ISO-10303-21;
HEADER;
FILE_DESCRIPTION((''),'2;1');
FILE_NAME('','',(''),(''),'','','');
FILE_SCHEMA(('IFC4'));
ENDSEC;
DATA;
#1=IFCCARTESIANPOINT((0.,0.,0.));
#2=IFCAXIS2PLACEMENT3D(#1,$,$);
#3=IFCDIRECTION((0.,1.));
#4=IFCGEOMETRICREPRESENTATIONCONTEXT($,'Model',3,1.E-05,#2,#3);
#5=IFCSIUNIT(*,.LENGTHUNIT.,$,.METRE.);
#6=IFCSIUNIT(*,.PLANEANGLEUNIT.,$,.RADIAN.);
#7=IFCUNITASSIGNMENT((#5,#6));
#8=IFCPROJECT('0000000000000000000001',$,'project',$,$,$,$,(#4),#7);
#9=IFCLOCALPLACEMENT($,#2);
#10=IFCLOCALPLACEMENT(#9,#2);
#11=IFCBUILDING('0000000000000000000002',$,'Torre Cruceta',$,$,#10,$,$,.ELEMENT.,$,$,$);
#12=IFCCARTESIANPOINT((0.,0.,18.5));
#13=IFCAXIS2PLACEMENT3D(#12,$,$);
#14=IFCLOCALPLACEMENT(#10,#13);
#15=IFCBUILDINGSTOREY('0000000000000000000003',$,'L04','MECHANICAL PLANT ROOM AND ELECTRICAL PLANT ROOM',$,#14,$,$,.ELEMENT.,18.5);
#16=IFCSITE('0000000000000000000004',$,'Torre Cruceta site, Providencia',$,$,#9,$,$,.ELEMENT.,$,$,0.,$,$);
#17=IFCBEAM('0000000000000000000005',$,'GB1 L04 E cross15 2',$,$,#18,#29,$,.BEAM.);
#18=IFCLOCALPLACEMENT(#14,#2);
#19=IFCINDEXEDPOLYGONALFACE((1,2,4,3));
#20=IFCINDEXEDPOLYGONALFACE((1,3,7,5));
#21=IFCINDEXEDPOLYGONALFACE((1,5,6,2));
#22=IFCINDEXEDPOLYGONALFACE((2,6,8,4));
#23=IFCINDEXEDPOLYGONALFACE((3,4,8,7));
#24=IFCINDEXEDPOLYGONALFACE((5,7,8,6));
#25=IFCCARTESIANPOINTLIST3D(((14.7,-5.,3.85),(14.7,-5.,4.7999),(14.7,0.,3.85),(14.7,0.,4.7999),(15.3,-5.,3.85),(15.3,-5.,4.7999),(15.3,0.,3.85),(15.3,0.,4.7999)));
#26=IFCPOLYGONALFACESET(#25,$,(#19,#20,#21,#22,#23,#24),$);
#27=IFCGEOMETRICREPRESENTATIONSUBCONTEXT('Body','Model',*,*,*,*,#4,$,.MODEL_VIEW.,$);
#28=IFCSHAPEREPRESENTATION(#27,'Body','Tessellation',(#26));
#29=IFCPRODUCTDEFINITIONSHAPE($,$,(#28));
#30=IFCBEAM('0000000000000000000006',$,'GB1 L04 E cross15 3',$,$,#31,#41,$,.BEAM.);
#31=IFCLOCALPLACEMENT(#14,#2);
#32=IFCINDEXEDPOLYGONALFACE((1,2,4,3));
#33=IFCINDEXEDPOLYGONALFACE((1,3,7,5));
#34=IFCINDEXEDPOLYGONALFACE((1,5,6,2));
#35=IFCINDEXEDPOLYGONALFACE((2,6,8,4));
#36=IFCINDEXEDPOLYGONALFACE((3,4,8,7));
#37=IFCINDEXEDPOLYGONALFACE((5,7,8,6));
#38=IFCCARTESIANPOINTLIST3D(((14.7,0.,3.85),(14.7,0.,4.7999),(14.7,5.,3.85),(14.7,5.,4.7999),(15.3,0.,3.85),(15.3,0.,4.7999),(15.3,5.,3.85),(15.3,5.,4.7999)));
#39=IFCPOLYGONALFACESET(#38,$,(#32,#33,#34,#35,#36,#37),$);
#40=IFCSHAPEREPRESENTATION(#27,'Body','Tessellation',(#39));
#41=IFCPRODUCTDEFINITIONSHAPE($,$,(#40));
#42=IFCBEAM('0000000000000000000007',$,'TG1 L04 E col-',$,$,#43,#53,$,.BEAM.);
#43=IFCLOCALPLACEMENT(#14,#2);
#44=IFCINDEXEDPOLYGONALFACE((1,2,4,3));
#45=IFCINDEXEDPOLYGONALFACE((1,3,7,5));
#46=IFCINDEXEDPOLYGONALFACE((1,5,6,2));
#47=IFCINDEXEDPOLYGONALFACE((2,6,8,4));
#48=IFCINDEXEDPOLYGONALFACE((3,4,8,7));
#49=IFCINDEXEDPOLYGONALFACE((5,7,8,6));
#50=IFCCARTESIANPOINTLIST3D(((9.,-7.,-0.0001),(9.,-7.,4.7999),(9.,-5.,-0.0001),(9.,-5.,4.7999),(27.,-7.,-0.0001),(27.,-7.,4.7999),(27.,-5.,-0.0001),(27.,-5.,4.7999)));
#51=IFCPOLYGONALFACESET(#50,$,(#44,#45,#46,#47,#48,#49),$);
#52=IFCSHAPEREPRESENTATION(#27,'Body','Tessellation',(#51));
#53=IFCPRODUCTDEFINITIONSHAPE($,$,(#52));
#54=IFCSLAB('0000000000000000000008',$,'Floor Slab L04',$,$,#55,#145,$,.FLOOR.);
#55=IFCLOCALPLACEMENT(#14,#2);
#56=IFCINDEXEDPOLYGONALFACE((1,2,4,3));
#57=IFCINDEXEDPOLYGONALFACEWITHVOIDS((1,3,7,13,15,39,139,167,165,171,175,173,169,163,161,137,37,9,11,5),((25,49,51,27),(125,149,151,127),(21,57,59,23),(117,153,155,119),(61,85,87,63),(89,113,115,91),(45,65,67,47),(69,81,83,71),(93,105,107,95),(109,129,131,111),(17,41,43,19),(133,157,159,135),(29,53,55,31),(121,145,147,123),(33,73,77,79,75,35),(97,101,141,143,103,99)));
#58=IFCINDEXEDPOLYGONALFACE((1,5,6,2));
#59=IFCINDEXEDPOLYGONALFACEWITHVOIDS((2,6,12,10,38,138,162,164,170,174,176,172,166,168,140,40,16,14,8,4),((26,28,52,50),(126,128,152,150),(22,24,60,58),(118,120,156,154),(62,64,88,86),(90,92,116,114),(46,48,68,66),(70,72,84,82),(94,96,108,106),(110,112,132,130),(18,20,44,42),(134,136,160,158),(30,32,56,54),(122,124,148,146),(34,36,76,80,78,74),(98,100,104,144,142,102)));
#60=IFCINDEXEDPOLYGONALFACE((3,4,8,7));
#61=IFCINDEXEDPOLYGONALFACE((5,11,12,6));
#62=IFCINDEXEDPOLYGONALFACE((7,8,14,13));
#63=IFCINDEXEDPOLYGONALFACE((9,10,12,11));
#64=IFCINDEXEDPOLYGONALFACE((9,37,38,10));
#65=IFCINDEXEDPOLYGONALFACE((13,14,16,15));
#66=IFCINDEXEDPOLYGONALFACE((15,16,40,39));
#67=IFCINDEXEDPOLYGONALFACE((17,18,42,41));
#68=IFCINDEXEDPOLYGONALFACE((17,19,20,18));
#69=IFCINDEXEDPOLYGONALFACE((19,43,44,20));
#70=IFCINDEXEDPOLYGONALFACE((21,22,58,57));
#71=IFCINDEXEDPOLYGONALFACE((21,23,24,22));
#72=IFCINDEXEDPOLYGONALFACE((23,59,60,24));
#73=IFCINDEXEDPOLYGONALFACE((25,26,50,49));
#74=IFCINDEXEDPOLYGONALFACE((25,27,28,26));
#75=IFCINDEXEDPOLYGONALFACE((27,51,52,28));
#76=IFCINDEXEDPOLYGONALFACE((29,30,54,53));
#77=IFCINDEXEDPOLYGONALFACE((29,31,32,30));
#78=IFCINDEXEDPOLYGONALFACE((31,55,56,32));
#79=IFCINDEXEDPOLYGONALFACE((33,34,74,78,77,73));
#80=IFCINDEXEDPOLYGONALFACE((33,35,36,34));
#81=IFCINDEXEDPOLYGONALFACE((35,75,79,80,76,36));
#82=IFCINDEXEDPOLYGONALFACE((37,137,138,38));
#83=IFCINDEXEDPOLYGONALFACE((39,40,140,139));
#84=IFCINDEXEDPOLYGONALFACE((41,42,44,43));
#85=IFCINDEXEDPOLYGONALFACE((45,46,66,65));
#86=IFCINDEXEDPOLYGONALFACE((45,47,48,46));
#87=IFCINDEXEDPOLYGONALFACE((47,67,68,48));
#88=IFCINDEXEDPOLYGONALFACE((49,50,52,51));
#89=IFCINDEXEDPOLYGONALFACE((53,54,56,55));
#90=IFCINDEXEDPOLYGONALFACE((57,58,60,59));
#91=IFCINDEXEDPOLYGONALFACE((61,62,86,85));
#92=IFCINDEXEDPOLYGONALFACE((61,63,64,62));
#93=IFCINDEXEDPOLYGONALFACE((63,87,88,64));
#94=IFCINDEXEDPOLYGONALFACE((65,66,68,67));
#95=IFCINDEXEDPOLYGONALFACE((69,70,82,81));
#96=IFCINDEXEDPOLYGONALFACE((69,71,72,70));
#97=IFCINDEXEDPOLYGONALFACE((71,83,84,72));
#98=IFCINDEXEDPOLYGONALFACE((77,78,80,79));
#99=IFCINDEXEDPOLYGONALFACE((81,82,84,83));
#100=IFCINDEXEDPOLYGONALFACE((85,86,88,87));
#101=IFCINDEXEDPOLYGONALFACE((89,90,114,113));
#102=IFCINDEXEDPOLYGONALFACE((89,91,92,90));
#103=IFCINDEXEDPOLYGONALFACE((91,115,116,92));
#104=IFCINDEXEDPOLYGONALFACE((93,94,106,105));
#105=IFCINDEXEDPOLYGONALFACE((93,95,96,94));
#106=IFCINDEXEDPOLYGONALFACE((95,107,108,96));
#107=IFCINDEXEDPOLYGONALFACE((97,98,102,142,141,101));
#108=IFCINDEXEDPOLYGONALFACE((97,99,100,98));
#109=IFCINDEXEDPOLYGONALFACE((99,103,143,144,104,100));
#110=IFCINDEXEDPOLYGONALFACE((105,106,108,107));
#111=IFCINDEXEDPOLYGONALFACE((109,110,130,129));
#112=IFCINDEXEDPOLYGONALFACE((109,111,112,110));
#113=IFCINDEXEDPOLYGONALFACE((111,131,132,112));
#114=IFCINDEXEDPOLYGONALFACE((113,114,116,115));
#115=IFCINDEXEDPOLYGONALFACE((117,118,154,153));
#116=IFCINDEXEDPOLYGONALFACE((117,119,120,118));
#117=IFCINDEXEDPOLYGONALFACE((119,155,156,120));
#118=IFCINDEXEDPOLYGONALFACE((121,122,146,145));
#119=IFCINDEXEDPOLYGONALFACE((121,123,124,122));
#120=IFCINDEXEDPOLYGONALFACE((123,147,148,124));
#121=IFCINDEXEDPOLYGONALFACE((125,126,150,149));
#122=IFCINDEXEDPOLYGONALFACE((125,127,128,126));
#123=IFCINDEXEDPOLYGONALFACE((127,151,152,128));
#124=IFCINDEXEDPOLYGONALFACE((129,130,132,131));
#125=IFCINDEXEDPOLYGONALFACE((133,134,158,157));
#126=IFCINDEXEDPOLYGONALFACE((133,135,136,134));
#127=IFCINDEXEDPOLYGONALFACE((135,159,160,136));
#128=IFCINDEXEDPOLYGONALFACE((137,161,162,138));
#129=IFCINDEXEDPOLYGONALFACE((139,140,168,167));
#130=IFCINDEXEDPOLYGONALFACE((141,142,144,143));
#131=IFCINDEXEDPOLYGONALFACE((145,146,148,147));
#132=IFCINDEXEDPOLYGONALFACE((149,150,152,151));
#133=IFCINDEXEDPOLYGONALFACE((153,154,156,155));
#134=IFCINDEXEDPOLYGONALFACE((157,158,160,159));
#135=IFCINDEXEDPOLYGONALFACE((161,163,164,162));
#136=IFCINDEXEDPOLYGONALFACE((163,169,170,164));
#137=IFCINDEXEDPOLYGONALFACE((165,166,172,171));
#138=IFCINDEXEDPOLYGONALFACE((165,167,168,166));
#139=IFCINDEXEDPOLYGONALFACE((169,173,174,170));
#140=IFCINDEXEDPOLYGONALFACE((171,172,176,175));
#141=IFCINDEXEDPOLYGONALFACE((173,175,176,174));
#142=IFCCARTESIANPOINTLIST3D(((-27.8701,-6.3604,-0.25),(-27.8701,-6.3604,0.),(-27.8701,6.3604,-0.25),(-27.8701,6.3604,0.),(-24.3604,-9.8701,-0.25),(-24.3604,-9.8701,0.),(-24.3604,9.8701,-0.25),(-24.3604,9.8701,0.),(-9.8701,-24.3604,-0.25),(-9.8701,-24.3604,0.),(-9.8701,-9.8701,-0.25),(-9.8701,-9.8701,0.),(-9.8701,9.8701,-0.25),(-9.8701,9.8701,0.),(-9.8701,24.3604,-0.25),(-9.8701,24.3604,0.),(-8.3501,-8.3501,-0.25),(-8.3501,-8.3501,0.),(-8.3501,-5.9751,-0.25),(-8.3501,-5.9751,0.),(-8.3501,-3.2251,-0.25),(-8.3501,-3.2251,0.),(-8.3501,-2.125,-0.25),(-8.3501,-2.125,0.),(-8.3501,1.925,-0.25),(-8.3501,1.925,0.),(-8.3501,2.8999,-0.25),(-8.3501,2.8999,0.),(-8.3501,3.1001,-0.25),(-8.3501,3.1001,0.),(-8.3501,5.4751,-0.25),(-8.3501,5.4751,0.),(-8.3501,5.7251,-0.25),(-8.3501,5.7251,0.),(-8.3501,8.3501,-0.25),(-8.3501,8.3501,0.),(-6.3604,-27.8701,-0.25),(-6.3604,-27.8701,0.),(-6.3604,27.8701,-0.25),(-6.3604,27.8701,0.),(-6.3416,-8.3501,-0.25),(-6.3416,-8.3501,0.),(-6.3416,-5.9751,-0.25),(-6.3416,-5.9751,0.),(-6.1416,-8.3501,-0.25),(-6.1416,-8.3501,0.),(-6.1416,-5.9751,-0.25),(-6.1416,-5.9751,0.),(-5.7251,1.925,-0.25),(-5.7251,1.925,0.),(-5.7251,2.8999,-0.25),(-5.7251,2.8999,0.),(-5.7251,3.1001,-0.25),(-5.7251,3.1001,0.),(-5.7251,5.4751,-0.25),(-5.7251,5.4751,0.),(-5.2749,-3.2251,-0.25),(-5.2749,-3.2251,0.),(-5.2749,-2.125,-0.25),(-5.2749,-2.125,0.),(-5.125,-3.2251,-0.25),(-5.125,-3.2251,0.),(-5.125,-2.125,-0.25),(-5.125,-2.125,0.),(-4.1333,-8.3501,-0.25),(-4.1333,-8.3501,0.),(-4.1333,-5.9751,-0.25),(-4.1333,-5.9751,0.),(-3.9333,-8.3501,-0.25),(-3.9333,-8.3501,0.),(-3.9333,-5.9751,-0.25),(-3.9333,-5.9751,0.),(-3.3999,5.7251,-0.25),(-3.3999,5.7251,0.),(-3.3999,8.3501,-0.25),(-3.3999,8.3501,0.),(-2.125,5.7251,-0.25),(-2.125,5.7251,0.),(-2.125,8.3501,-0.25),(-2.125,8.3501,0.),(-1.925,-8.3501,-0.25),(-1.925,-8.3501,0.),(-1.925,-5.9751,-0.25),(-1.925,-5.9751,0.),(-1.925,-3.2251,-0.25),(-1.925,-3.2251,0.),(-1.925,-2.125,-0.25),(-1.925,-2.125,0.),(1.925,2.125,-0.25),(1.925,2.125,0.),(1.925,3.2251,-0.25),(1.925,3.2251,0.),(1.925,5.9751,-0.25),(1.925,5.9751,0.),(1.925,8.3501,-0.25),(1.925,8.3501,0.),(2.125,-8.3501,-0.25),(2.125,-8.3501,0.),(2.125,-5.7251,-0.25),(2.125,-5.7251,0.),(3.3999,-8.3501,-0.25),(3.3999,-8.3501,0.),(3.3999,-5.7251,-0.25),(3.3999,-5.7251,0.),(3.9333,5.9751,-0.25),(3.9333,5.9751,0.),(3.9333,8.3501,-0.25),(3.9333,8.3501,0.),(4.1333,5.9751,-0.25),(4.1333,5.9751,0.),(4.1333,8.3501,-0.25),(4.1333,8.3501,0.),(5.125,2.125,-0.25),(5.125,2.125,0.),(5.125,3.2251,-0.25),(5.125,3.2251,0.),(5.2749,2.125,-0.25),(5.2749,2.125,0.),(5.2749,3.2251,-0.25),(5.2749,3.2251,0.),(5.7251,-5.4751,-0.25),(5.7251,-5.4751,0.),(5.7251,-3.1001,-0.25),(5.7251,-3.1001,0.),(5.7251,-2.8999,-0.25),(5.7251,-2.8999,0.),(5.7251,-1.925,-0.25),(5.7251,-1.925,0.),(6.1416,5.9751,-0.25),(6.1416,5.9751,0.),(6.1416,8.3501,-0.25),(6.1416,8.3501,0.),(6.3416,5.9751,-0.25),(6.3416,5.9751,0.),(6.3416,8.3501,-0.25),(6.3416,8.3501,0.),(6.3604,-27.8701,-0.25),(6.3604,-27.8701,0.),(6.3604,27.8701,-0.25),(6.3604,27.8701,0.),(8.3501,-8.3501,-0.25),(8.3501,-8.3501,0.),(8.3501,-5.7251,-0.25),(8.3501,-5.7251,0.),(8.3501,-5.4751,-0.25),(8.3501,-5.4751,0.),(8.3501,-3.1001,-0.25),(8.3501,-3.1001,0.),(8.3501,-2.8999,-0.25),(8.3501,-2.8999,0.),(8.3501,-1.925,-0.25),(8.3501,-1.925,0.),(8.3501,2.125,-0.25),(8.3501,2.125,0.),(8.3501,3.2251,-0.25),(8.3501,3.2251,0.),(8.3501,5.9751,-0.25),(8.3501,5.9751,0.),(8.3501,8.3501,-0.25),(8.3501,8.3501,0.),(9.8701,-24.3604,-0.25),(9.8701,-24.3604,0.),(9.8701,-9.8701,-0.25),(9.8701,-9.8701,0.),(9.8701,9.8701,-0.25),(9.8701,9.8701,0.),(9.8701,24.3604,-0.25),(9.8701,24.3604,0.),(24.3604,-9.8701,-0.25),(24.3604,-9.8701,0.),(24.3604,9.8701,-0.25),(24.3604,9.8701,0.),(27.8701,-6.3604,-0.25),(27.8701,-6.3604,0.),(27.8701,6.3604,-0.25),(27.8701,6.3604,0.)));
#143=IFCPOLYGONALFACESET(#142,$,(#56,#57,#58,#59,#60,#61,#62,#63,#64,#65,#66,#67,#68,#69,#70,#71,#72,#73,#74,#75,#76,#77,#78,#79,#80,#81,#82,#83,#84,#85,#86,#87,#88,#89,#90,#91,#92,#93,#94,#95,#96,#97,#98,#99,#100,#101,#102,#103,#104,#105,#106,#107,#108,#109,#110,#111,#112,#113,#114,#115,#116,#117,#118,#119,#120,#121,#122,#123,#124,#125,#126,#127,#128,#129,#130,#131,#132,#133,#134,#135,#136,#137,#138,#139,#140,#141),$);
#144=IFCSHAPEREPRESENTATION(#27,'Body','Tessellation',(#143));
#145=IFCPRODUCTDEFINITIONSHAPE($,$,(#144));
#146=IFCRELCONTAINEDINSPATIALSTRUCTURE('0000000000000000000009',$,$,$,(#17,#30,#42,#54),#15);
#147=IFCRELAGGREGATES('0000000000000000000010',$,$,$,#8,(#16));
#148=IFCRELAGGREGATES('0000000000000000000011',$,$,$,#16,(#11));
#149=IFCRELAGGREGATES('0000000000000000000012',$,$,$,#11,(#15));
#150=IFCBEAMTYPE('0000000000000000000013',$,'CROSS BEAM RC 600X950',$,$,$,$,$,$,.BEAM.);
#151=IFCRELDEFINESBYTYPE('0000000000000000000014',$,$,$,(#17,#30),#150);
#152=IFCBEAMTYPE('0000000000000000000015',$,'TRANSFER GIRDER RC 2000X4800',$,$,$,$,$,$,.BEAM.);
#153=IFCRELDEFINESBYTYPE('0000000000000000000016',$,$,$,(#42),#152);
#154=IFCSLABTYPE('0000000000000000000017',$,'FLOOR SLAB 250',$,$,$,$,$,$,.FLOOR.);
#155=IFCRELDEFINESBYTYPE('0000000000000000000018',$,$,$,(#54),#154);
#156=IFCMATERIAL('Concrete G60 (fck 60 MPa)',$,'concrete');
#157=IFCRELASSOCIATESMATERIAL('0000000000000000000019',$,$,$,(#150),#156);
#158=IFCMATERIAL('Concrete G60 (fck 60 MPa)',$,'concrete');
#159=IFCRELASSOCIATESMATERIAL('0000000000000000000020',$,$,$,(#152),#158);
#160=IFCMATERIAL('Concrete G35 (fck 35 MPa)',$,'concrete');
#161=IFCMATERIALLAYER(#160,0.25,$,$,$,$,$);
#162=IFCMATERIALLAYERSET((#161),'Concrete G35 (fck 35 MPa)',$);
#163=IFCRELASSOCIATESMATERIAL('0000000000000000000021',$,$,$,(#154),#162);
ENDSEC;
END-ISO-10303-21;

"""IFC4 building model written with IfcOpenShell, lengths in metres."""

from ifc_helpers import new_model, si_unit, direction, frame, origin, origin_2d, place, context, subcontext, project, spatial, polyline, rectangle, outline, extrude, material, layer, layer_set, material_profile, profile_set, type_object, element, save


model = new_model("IFC4")

# Units and contexts
model_context = context("Model", 3, precision=1e-05, world=origin(), true_north=direction((0.0, 1.0)))
body_context = subcontext(model_context, "Body", "Model", "MODEL_VIEW")
ifc_project = project(units=[si_unit("LENGTHUNIT", "METRE"), si_unit("PLANEANGLEUNIT", "RADIAN")], contexts=[model_context])

# Site, building, storey
site_placement = place(None, origin())
site = spatial("IfcSite", under=ifc_project, at=site_placement, Name="Torre Cruceta site, Providencia", CompositionType="ELEMENT", RefElevation=0.0)
building_placement = place(site_placement, origin())
building = spatial("IfcBuilding", under=site, at=building_placement, Name="Torre Cruceta", CompositionType="ELEMENT")
storey_placement = place(building_placement, frame((0.0, 0.0, 18.5)))
storey = spatial("IfcBuildingStorey", under=building, at=storey_placement, Name="L04", Description="MECHANICAL PLANT ROOM AND ELECTRICAL PLANT ROOM", CompositionType="ELEMENT", Elevation=18.5)

# Beams
ifc_material_1 = material(Name="Concrete G60 (fck 60 MPa)", Category="concrete")
ifc_material_profile_1 = material_profile(ifc_material_1, rectangle(XDim=0.6001, YDim=0.95, at=origin_2d()), Name="RC 600X950")
ifc_profile_set_1 = profile_set([ifc_material_profile_1], Name="Concrete G60 (fck 60 MPa)")
beam_type_1 = type_object("IfcBeamType", Name="CROSS BEAM RC 600X950", PredefinedType="BEAM", material=ifc_profile_set_1)
for number, where, z_axis, x_axis, name in (
    (1, (15.0, -5.0, 4.325), (0.0, 1.0, 0.0), (-1.0, 0.0, 0.0), "GB1 L04 E cross15 2"),
    (2, (15.0, 0.0, 4.325), (0.0, 1.0, 0.0), (-1.0, 0.0, 0.0), "GB1 L04 E cross15 3"),
):
    element("IfcBeam", number, at=place(storey_placement, frame(where, z_axis=z_axis, x_axis=x_axis)), inside=storey, type_object=beam_type_1, Name=name, PredefinedType="BEAM", context=body_context, shape_type="SweptSolid", body=[
        extrude(rectangle(XDim=0.6001, YDim=0.95, at=origin_2d()), origin(), (0.0, 0.0, 1.0), 5.0),
    ])
ifc_material_2 = material(Name="Concrete G60 (fck 60 MPa)", Category="concrete")
ifc_material_profile_2 = material_profile(ifc_material_2, rectangle(XDim=2.0, YDim=4.8, at=origin_2d()), Name="RC 2000X4800")
ifc_profile_set_2 = profile_set([ifc_material_profile_2], Name="Concrete G60 (fck 60 MPa)")
beam_type_2 = type_object("IfcBeamType", Name="TRANSFER GIRDER RC 2000X4800", PredefinedType="BEAM", material=ifc_profile_set_2)
beam_placement = place(storey_placement, frame((9.0, -6.0, 2.3999), z_axis=(1.0, 0.0, 0.0), x_axis=(0.0, 1.0, 0.0)))
element("IfcBeam", 3, at=beam_placement, inside=storey, type_object=beam_type_2, Name="TG1 L04 E col-", PredefinedType="BEAM", context=body_context, shape_type="SweptSolid", body=[
    extrude(rectangle(XDim=2.0, YDim=4.8, at=origin_2d()), origin(), (0.0, 0.0, 1.0), 18.0),
])

# Slab
ifc_material_3 = material(Name="Concrete G35 (fck 35 MPa)", Category="concrete")
ifc_layer_1 = layer(ifc_material_3, 0.25)
ifc_layer_set_1 = layer_set([ifc_layer_1], Name="Concrete G35 (fck 35 MPa)")
slab_type = type_object("IfcSlabType", Name="FLOOR SLAB 250", PredefinedType="FLOOR", material=ifc_layer_set_1)
slab_placement = place(storey_placement, frame((0.0, 0.0, -0.25)))
element("IfcSlab", 4, at=slab_placement, inside=storey, type_object=slab_type, Name="Floor Slab L04", PredefinedType="FLOOR", context=body_context, shape_type="SweptSolid", body=[
    extrude(outline(polyline([(9.8701, -9.8701), (9.8701, -24.3604), (6.3604, -27.8701), (-6.3604, -27.8701), (-9.8701, -24.3604), (-9.8701, -9.8701), (-24.3604, -9.8701), (-27.8701, -6.3604), (-27.8701, 6.3604), (-24.3604, 9.8701), (-9.8701, 9.8701), (-9.8701, 24.3604), (-6.3604, 27.8701), (6.3604, 27.8701), (9.8701, 24.3604), (9.8701, 9.8701), (24.3604, 9.8701), (27.8701, 6.3604), (27.8701, -6.3604), (24.3604, -9.8701), (9.8701, -9.8701)]), holes=[polyline([(1.925, 5.9751), (3.9333, 5.9751), (3.9333, 8.3501), (1.925, 8.3501), (1.925, 5.9751)]), polyline([(4.1333, 5.9751), (6.1416, 5.9751), (6.1416, 8.3501), (4.1333, 8.3501), (4.1333, 5.9751)]), polyline([(6.3416, 5.9751), (8.3501, 5.9751), (8.3501, 8.3501), (6.3416, 8.3501), (6.3416, 5.9751)]), polyline([(1.925, 2.125), (5.125, 2.125), (5.125, 3.2251), (1.925, 3.2251), (1.925, 2.125)]), polyline([(5.2749, 2.125), (8.3501, 2.125), (8.3501, 3.2251), (5.2749, 3.2251), (5.2749, 2.125)]), polyline([(-8.3501, 3.1001), (-5.7251, 3.1001), (-5.7251, 5.4751), (-8.3501, 5.4751), (-8.3501, 3.1001)]), polyline([(-8.3501, 1.925), (-5.7251, 1.925), (-5.7251, 2.8999), (-8.3501, 2.8999), (-8.3501, 1.925)]), polyline([(-3.9333, -8.3501), (-1.925, -8.3501), (-1.925, -5.9751), (-3.9333, -5.9751), (-3.9333, -8.3501)]), polyline([(-6.1416, -8.3501), (-4.1333, -8.3501), (-4.1333, -5.9751), (-6.1416, -5.9751), (-6.1416, -8.3501)]), polyline([(-8.3501, -8.3501), (-6.3416, -8.3501), (-6.3416, -5.9751), (-8.3501, -5.9751), (-8.3501, -8.3501)]), polyline([(-5.125, -3.2251), (-1.925, -3.2251), (-1.925, -2.125), (-5.125, -2.125), (-5.125, -3.2251)]), polyline([(-8.3501, -3.2251), (-5.2749, -3.2251), (-5.2749, -2.125), (-8.3501, -2.125), (-8.3501, -3.2251)]), polyline([(5.7251, -5.4751), (8.3501, -5.4751), (8.3501, -3.1001), (5.7251, -3.1001), (5.7251, -5.4751)]), polyline([(5.7251, -2.8999), (8.3501, -2.8999), (8.3501, -1.925), (5.7251, -1.925), (5.7251, -2.8999)]), polyline([(-8.3501, 5.7251), (-8.3501, 8.3501), (-3.3999, 8.3501), (-2.125, 8.3501), (-2.125, 5.7251), (-3.3999, 5.7251), (-8.3501, 5.7251)]), polyline([(2.125, -5.7251), (3.3999, -5.7251), (8.3501, -5.7251), (8.3501, -8.3501), (3.3999, -8.3501), (2.125, -8.3501), (2.125, -5.7251)])]), origin(), (0.0, 0.0, 1.0), 0.25),
])

save(model, "model.ifc")
